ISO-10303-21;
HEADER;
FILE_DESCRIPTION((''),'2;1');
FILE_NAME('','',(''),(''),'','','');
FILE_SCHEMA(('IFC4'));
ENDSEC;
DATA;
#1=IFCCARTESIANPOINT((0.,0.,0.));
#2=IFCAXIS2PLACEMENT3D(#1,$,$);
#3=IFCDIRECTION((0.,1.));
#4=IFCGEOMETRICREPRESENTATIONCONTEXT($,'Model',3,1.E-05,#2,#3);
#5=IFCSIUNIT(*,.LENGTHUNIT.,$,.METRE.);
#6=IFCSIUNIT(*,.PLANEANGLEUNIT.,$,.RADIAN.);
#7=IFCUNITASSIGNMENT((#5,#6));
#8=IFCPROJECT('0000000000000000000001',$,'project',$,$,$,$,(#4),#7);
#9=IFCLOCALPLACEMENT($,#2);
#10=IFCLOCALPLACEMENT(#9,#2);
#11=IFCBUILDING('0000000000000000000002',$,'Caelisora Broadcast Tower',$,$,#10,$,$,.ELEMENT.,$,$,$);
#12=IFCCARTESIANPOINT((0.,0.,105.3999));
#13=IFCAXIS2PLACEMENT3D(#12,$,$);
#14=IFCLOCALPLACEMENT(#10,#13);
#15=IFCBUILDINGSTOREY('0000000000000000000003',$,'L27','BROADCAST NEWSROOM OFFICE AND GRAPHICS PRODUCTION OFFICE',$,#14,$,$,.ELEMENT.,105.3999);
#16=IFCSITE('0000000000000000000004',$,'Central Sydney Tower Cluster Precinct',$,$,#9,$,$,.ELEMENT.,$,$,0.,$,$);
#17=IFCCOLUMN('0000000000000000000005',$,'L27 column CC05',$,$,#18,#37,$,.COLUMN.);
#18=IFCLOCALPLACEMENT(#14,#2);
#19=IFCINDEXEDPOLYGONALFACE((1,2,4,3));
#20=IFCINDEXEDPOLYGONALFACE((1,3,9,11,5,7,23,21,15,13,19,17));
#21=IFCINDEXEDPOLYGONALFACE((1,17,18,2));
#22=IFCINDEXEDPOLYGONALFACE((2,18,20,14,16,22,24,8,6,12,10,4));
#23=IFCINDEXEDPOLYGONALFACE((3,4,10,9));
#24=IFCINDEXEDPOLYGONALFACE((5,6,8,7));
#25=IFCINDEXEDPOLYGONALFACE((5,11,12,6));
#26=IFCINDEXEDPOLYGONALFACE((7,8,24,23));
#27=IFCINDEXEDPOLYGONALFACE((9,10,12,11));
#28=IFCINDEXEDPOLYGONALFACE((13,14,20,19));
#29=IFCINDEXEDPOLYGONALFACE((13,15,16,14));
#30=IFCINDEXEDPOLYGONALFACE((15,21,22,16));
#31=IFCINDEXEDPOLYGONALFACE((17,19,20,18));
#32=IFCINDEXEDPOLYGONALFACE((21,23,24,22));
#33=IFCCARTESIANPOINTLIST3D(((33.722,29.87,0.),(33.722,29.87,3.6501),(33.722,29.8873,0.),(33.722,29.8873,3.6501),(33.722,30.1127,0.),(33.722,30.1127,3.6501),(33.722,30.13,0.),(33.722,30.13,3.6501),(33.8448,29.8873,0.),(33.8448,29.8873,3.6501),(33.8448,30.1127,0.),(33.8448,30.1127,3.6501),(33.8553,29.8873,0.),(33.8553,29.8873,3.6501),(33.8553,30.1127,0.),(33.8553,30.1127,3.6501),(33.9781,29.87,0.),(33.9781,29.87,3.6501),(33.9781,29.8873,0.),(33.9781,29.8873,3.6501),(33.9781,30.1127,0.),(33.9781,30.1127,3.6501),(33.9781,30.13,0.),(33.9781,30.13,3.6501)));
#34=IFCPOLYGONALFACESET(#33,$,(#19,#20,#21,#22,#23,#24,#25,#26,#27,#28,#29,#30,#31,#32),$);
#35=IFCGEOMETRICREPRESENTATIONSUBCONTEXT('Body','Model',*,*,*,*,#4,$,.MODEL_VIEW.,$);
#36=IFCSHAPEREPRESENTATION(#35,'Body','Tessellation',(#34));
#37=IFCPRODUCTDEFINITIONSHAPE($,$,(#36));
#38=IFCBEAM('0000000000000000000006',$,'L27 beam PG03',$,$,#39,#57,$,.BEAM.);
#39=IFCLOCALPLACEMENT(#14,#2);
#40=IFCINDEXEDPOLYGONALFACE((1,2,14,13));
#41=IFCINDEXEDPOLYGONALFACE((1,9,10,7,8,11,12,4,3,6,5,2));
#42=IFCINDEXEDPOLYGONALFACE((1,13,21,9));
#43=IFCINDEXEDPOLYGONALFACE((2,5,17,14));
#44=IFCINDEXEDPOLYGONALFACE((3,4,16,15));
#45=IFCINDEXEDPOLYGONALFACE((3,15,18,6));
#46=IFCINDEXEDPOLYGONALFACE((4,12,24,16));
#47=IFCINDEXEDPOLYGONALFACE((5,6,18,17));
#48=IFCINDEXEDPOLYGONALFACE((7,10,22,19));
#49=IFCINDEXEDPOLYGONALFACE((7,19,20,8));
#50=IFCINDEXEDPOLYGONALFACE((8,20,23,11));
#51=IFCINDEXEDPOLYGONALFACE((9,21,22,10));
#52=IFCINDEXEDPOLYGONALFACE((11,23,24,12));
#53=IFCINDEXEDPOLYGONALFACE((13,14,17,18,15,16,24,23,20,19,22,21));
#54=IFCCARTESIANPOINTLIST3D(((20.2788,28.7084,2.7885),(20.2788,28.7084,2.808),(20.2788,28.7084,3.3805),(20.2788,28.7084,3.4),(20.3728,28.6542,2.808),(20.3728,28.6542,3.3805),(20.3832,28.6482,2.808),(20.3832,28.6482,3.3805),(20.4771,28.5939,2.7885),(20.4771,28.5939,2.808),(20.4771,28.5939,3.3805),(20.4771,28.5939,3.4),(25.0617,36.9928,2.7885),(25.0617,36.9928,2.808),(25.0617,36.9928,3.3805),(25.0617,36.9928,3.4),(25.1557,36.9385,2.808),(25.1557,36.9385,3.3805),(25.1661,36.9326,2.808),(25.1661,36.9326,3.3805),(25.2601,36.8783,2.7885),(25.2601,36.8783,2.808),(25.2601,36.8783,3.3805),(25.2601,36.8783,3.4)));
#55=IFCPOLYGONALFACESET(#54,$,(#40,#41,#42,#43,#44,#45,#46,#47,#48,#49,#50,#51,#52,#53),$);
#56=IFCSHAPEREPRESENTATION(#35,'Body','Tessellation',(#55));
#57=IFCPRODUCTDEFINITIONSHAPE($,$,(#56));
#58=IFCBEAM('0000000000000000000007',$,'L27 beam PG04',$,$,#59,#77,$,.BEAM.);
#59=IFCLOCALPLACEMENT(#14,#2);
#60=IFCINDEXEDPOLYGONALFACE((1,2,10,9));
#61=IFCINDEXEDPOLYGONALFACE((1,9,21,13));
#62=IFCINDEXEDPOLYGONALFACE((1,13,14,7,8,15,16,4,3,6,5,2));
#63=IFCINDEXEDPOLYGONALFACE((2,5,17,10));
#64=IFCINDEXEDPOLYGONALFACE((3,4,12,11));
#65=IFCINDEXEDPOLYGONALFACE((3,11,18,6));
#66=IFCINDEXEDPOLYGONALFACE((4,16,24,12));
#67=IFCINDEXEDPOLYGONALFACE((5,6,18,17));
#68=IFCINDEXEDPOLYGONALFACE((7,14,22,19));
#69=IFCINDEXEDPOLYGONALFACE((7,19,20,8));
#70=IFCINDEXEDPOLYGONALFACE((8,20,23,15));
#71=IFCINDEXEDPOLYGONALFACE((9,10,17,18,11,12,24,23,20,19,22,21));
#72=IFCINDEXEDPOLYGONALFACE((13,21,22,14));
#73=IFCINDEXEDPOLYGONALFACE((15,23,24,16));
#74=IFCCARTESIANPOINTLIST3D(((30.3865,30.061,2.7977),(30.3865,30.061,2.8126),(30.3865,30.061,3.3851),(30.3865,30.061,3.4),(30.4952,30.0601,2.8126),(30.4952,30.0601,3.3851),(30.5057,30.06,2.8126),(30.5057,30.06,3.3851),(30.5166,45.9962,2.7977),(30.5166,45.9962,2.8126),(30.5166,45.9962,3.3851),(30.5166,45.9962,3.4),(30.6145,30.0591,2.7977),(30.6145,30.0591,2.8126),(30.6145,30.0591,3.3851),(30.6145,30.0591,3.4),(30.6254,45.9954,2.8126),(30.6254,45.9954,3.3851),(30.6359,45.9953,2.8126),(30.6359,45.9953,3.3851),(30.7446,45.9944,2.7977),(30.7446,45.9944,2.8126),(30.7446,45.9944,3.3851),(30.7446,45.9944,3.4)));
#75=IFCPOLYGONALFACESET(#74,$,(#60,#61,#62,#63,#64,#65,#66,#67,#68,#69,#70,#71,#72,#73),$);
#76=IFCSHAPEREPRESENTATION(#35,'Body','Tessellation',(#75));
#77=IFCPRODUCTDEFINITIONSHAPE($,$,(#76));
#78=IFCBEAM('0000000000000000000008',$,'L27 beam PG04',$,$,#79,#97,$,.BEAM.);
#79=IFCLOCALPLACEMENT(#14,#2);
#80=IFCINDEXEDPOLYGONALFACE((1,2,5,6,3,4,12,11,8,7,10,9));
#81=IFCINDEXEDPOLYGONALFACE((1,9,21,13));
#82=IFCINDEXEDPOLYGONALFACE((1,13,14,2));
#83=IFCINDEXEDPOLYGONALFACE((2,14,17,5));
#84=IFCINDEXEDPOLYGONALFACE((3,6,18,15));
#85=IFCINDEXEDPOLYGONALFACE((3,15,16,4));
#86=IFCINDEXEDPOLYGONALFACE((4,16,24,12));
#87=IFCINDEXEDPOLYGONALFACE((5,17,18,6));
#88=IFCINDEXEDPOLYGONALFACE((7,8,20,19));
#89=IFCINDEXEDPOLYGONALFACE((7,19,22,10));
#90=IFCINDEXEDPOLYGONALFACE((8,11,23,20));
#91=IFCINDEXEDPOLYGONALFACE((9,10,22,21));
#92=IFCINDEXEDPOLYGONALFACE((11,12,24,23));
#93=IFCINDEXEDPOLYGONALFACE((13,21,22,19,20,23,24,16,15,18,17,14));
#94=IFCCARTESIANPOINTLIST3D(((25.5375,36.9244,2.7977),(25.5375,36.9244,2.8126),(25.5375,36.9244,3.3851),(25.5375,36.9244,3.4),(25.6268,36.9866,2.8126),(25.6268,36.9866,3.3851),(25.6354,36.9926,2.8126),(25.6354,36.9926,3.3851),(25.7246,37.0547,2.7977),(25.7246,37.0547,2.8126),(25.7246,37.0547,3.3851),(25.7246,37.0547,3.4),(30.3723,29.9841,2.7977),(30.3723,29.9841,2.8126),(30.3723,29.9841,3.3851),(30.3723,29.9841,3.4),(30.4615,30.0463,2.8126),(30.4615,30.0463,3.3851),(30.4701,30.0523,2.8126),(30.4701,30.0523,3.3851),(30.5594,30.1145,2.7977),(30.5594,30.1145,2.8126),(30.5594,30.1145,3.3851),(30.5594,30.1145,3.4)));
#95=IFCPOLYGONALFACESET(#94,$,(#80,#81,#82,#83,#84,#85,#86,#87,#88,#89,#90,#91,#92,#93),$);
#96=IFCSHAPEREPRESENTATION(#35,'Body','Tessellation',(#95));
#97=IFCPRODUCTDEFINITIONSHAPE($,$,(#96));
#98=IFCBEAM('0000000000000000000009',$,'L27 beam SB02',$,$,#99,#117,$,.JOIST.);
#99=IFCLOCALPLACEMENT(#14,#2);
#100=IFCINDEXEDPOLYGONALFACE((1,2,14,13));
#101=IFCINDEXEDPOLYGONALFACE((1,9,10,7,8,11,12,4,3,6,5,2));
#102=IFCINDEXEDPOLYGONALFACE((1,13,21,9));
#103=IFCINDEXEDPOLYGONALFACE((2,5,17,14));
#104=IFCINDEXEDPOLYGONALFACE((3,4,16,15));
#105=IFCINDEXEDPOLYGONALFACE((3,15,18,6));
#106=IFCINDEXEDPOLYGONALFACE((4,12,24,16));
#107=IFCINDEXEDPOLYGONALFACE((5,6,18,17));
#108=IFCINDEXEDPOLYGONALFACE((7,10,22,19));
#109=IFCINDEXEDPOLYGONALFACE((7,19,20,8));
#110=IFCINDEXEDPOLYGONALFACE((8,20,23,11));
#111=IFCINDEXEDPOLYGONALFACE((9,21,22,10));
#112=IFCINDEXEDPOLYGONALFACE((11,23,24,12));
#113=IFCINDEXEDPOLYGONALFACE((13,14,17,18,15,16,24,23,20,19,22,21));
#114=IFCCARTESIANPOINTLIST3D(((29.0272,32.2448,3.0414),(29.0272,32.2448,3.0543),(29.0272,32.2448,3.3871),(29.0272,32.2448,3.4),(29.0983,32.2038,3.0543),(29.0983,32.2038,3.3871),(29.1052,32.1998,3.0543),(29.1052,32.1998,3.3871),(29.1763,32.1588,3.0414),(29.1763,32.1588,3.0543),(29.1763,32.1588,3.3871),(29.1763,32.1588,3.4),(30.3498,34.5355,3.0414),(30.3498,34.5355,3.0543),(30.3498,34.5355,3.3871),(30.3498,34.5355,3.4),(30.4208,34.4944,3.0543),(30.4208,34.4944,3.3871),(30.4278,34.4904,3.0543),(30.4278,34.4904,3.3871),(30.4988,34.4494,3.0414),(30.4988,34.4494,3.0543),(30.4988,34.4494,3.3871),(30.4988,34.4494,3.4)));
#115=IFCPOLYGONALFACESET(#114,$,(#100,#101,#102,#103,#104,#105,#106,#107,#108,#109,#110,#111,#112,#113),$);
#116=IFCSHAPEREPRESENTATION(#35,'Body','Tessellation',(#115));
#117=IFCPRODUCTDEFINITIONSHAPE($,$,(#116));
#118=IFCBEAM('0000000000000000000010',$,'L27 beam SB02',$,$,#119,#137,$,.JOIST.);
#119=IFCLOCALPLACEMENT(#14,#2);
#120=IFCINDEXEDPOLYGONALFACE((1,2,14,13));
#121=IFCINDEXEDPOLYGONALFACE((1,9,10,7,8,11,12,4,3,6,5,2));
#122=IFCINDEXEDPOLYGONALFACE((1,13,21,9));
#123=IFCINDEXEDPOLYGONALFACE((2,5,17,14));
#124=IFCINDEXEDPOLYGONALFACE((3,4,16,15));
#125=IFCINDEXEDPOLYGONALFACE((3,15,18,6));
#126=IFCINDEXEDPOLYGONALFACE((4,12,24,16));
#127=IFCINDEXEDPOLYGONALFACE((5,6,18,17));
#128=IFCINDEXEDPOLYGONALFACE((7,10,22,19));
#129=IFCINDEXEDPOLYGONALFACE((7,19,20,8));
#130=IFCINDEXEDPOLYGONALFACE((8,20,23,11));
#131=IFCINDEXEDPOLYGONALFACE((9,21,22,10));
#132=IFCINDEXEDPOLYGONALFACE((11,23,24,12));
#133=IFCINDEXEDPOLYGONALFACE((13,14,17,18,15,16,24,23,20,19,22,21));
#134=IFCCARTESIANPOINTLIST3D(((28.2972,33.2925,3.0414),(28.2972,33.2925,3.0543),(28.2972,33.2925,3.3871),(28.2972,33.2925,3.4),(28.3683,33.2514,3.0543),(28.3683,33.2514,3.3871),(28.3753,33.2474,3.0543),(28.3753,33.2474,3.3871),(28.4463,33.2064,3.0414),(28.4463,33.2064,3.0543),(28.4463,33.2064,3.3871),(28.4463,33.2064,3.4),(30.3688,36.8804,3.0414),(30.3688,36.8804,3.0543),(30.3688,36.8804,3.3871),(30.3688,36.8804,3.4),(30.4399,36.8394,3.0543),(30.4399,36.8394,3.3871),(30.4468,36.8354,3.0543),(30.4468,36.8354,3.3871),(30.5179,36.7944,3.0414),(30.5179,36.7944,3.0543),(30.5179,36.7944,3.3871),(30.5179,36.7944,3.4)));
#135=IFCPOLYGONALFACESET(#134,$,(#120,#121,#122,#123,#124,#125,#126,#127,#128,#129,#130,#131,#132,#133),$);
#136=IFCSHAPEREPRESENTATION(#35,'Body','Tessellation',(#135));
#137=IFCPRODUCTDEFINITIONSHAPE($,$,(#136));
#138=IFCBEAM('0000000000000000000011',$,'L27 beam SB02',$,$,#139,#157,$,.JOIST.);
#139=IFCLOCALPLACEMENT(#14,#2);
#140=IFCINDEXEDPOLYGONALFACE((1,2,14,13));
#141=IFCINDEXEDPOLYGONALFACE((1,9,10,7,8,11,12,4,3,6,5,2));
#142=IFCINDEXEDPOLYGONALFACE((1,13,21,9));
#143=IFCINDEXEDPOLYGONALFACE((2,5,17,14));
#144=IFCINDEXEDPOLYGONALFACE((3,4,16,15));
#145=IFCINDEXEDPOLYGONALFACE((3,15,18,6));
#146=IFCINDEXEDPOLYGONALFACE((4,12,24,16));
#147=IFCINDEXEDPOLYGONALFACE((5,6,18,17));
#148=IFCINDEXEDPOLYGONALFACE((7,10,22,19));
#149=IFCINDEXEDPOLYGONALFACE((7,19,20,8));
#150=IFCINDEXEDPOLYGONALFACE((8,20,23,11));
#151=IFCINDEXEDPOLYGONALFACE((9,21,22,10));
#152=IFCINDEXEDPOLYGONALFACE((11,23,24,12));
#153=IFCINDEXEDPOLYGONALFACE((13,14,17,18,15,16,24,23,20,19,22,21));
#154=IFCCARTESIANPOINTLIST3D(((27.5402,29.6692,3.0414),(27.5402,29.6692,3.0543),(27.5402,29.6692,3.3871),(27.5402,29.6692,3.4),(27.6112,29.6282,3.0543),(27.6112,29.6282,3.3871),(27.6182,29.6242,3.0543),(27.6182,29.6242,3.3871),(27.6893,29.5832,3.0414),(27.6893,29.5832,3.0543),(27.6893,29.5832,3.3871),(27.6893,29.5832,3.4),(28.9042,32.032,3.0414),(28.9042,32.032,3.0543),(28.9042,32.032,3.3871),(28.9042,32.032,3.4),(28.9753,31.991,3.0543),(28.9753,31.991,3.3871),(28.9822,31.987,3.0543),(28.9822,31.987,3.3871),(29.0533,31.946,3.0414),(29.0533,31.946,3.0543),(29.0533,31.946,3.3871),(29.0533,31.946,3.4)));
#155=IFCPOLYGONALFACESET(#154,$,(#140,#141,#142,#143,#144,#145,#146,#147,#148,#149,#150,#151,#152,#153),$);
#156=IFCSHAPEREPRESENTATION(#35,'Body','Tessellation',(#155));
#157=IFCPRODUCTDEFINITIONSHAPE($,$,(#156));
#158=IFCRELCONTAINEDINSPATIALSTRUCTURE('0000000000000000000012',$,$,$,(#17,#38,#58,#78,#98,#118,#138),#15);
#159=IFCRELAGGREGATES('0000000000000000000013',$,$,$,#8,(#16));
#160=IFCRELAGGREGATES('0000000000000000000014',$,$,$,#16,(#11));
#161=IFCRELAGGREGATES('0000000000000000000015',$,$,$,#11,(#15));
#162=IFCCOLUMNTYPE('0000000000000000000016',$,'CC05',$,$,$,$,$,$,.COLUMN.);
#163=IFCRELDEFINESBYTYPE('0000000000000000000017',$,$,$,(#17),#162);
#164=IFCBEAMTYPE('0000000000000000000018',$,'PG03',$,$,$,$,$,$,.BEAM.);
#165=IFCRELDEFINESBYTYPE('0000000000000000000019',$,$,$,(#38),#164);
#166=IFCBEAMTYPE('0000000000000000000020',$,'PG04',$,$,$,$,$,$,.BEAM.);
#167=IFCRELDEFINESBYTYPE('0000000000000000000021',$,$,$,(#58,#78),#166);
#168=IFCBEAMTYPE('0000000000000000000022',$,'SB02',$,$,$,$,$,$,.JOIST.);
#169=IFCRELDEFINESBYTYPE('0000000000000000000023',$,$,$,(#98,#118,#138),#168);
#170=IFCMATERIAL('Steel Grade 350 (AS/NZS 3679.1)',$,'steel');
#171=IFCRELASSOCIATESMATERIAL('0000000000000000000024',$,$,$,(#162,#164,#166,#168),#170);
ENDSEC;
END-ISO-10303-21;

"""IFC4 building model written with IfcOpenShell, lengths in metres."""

from ifc_helpers import new_model, si_unit, direction, frame, origin, origin_2d, place, context, subcontext, project, spatial, i_section, extrude, source, transform, mapped, material, material_profile, profile_set, type_object, type_shapes, element, save


model = new_model("IFC4")

# Units and contexts
model_context = context("Model", 3, precision=1e-05, world=origin(), true_north=direction((0.0, 1.0)))
body_context = subcontext(model_context, "Body", "Model", "MODEL_VIEW")
ifc_project = project(units=[si_unit("LENGTHUNIT", "METRE"), si_unit("PLANEANGLEUNIT", "RADIAN")], contexts=[model_context])

# Site, building, storey
site_placement = place(None, origin())
site = spatial("IfcSite", under=ifc_project, at=site_placement, Name="Central Sydney Tower Cluster Precinct", CompositionType="ELEMENT", RefElevation=0.0)
building_placement = place(site_placement, origin())
building = spatial("IfcBuilding", under=site, at=building_placement, Name="Caelisora Broadcast Tower", CompositionType="ELEMENT")
storey_placement = place(building_placement, frame((0.0, 0.0, 105.3999)))
storey = spatial("IfcBuildingStorey", under=building, at=storey_placement, Name="L27", Description="BROADCAST NEWSROOM OFFICE AND GRAPHICS PRODUCTION OFFICE", CompositionType="ELEMENT", Elevation=105.3999)

# Column
ifc_material_1 = material(Name="Steel Grade 350 (AS/NZS 3679.1)", Category="steel")
ifc_material_profile_1 = material_profile(ifc_material_1, i_section(OverallWidth=0.2561, OverallDepth=0.26, WebThickness=0.0105, FlangeThickness=0.0173, at=origin_2d()), Name="Steel Grade 350 (AS/NZS 3679.1)")
ifc_profile_set_1 = profile_set([ifc_material_profile_1], Name="Steel Grade 350 (AS/NZS 3679.1)")
column_type = type_object("IfcColumnType", Name="CC05", PredefinedType="COLUMN", material=ifc_profile_set_1)
shared_shape_1 = source(origin(), body_context, "Body", "SweptSolid", [
    extrude(i_section(OverallWidth=0.2561, OverallDepth=0.26, WebThickness=0.0105, FlangeThickness=0.0173, at=origin_2d()), origin(), (0.0, 0.0, 1.0), 3.6501),
])
type_shapes(column_type, [shared_shape_1])
column_placement = place(storey_placement, frame((33.8501, 30.0, 0.0), z_axis=(0.0, 0.0, 1.0), x_axis=(1.0, 0.0, 0.0)))
element("IfcColumn", 1, at=column_placement, inside=storey, type_object=column_type, Name="L27 column CC05", PredefinedType="COLUMN", context=body_context, shape_type="MappedRepresentation", body=[
    mapped(shared_shape_1, transform((0.0, 0.0, 0.0), scale=1.0)),
])

# Beams
ifc_material_profile_2 = material_profile(ifc_material_1, i_section(OverallWidth=0.229, OverallDepth=0.6116, WebThickness=0.012, FlangeThickness=0.0195, at=origin_2d()), Name="Steel Grade 350 (AS/NZS 3679.1)")
ifc_profile_set_2 = profile_set([ifc_material_profile_2], Name="Steel Grade 350 (AS/NZS 3679.1)")
beam_type_1 = type_object("IfcBeamType", Name="PG03", PredefinedType="BEAM", material=ifc_profile_set_2)
shared_shape_2 = source(origin(), body_context, "Body", "SweptSolid", [
    extrude(i_section(OverallWidth=0.229, OverallDepth=0.6116, WebThickness=0.012, FlangeThickness=0.0195, at=origin_2d()), origin(), (0.0, 0.0, 1.0), 9.5659),
])
type_shapes(beam_type_1, [shared_shape_2])
beam_1_placement = place(storey_placement, frame((25.1609, 36.9355, 3.0942), z_axis=(-0.499996, -0.866028, 0.0), x_axis=(0.866028, -0.499996, 0.0)))
element("IfcBeam", 2, at=beam_1_placement, inside=storey, type_object=beam_type_1, Name="L27 beam PG03", PredefinedType="BEAM", context=body_context, shape_type="MappedRepresentation", body=[
    mapped(shared_shape_2, transform((0.0, 0.0, 0.0), scale=1.0)),
])
ifc_material_profile_3 = material_profile(ifc_material_1, i_section(OverallWidth=0.228, OverallDepth=0.6023, WebThickness=0.0105, FlangeThickness=0.0149, at=origin_2d()), Name="Steel Grade 350 (AS/NZS 3679.1)")
ifc_profile_set_3 = profile_set([ifc_material_profile_3], Name="Steel Grade 350 (AS/NZS 3679.1)")
beam_type_2 = type_object("IfcBeamType", Name="PG04", PredefinedType="BEAM", material=ifc_profile_set_3)
shared_shape_3 = source(origin(), body_context, "Body", "SweptSolid", [
    extrude(i_section(OverallWidth=0.228, OverallDepth=0.6023, WebThickness=0.0105, FlangeThickness=0.0149, at=origin_2d()), origin(), (0.0, 0.0, 1.0), 15.9358),
])
beam_2_placement = place(storey_placement, frame((30.5005, 30.0601, 3.0989), z_axis=(0.008166, 0.999967, 0.0), x_axis=(-0.999967, 0.008166, 0.0)))
element("IfcBeam", 3, at=beam_2_placement, inside=storey, type_object=beam_type_2, Name="L27 beam PG04", PredefinedType="BEAM", context=body_context, shape_type="MappedRepresentation", body=[
    mapped(shared_shape_3, transform((0.0, 0.0, 0.0), scale=1.0)),
])
shared_shape_4 = source(origin(), body_context, "Body", "SweptSolid", [
    extrude(i_section(OverallWidth=0.228, OverallDepth=0.6023, WebThickness=0.0105, FlangeThickness=0.0149, at=origin_2d()), origin(), (0.0, 0.0, 1.0), 8.4583),
])
type_shapes(beam_type_2, [shared_shape_3, shared_shape_4])
beam_3_placement = place(storey_placement, frame((30.4658, 30.0493, 3.0989), z_axis=(-0.571603, 0.82053, 0.0), x_axis=(-0.82053, -0.571603, 0.0)))
element("IfcBeam", 4, at=beam_3_placement, inside=storey, type_object=beam_type_2, Name="L27 beam PG04", PredefinedType="BEAM", context=body_context, shape_type="MappedRepresentation", body=[
    mapped(shared_shape_4, transform((0.0, 0.0, 0.0), scale=1.0)),
])
ifc_material_profile_4 = material_profile(ifc_material_1, i_section(OverallWidth=0.1721, OverallDepth=0.3586, WebThickness=0.0081, FlangeThickness=0.0129, at=origin_2d()), Name="Steel Grade 350 (AS/NZS 3679.1)")
ifc_profile_set_4 = profile_set([ifc_material_profile_4], Name="Steel Grade 350 (AS/NZS 3679.1)")
beam_type_3 = type_object("IfcBeamType", Name="SB02", PredefinedType="JOIST", material=ifc_profile_set_4)
shared_shape_5 = source(origin(), body_context, "Body", "SweptSolid", [
    extrude(i_section(OverallWidth=0.1721, OverallDepth=0.3586, WebThickness=0.0081, FlangeThickness=0.0129, at=origin_2d()), origin(), (0.0, 0.0, 1.0), 2.645),
])
beam_4_placement = place(storey_placement, frame((30.4243, 34.4924, 3.2207), z_axis=(-0.500021, -0.866013, 0.0), x_axis=(0.866013, -0.500021, 0.0)))
element("IfcBeam", 5, at=beam_4_placement, inside=storey, type_object=beam_type_3, Name="L27 beam SB02", PredefinedType="JOIST", context=body_context, shape_type="MappedRepresentation", body=[
    mapped(shared_shape_5, transform((0.0, 0.0, 0.0), scale=1.0)),
])
shared_shape_6 = source(origin(), body_context, "Body", "SweptSolid", [
    extrude(i_section(OverallWidth=0.1721, OverallDepth=0.3586, WebThickness=0.0081, FlangeThickness=0.0129, at=origin_2d()), origin(), (0.0, 0.0, 1.0), 4.1431),
])
beam_5_placement = place(storey_placement, frame((30.4434, 36.8374, 3.2207), z_axis=(-0.500012, -0.866019, 0.0), x_axis=(0.866019, -0.500012, 0.0)))
element("IfcBeam", 6, at=beam_5_placement, inside=storey, type_object=beam_type_3, Name="L27 beam SB02", PredefinedType="JOIST", context=body_context, shape_type="MappedRepresentation", body=[
    mapped(shared_shape_6, transform((0.0, 0.0, 0.0), scale=1.0)),
])
shared_shape_7 = source(origin(), body_context, "Body", "SweptSolid", [
    extrude(i_section(OverallWidth=0.1721, OverallDepth=0.3586, WebThickness=0.0081, FlangeThickness=0.0129, at=origin_2d()), origin(), (0.0, 0.0, 1.0), 2.7283),
])
beam_6_placement = place(storey_placement, frame((28.9788, 31.989, 3.2207), z_axis=(-0.49996, -0.866048, 0.0), x_axis=(0.866048, -0.49996, 0.0)))
element("IfcBeam", 7, at=beam_6_placement, inside=storey, type_object=beam_type_3, Name="L27 beam SB02", PredefinedType="JOIST", context=body_context, shape_type="MappedRepresentation", body=[
    mapped(shared_shape_7, transform((0.0, 0.0, 0.0), scale=1.0)),
])

save(model, "model.ifc")
